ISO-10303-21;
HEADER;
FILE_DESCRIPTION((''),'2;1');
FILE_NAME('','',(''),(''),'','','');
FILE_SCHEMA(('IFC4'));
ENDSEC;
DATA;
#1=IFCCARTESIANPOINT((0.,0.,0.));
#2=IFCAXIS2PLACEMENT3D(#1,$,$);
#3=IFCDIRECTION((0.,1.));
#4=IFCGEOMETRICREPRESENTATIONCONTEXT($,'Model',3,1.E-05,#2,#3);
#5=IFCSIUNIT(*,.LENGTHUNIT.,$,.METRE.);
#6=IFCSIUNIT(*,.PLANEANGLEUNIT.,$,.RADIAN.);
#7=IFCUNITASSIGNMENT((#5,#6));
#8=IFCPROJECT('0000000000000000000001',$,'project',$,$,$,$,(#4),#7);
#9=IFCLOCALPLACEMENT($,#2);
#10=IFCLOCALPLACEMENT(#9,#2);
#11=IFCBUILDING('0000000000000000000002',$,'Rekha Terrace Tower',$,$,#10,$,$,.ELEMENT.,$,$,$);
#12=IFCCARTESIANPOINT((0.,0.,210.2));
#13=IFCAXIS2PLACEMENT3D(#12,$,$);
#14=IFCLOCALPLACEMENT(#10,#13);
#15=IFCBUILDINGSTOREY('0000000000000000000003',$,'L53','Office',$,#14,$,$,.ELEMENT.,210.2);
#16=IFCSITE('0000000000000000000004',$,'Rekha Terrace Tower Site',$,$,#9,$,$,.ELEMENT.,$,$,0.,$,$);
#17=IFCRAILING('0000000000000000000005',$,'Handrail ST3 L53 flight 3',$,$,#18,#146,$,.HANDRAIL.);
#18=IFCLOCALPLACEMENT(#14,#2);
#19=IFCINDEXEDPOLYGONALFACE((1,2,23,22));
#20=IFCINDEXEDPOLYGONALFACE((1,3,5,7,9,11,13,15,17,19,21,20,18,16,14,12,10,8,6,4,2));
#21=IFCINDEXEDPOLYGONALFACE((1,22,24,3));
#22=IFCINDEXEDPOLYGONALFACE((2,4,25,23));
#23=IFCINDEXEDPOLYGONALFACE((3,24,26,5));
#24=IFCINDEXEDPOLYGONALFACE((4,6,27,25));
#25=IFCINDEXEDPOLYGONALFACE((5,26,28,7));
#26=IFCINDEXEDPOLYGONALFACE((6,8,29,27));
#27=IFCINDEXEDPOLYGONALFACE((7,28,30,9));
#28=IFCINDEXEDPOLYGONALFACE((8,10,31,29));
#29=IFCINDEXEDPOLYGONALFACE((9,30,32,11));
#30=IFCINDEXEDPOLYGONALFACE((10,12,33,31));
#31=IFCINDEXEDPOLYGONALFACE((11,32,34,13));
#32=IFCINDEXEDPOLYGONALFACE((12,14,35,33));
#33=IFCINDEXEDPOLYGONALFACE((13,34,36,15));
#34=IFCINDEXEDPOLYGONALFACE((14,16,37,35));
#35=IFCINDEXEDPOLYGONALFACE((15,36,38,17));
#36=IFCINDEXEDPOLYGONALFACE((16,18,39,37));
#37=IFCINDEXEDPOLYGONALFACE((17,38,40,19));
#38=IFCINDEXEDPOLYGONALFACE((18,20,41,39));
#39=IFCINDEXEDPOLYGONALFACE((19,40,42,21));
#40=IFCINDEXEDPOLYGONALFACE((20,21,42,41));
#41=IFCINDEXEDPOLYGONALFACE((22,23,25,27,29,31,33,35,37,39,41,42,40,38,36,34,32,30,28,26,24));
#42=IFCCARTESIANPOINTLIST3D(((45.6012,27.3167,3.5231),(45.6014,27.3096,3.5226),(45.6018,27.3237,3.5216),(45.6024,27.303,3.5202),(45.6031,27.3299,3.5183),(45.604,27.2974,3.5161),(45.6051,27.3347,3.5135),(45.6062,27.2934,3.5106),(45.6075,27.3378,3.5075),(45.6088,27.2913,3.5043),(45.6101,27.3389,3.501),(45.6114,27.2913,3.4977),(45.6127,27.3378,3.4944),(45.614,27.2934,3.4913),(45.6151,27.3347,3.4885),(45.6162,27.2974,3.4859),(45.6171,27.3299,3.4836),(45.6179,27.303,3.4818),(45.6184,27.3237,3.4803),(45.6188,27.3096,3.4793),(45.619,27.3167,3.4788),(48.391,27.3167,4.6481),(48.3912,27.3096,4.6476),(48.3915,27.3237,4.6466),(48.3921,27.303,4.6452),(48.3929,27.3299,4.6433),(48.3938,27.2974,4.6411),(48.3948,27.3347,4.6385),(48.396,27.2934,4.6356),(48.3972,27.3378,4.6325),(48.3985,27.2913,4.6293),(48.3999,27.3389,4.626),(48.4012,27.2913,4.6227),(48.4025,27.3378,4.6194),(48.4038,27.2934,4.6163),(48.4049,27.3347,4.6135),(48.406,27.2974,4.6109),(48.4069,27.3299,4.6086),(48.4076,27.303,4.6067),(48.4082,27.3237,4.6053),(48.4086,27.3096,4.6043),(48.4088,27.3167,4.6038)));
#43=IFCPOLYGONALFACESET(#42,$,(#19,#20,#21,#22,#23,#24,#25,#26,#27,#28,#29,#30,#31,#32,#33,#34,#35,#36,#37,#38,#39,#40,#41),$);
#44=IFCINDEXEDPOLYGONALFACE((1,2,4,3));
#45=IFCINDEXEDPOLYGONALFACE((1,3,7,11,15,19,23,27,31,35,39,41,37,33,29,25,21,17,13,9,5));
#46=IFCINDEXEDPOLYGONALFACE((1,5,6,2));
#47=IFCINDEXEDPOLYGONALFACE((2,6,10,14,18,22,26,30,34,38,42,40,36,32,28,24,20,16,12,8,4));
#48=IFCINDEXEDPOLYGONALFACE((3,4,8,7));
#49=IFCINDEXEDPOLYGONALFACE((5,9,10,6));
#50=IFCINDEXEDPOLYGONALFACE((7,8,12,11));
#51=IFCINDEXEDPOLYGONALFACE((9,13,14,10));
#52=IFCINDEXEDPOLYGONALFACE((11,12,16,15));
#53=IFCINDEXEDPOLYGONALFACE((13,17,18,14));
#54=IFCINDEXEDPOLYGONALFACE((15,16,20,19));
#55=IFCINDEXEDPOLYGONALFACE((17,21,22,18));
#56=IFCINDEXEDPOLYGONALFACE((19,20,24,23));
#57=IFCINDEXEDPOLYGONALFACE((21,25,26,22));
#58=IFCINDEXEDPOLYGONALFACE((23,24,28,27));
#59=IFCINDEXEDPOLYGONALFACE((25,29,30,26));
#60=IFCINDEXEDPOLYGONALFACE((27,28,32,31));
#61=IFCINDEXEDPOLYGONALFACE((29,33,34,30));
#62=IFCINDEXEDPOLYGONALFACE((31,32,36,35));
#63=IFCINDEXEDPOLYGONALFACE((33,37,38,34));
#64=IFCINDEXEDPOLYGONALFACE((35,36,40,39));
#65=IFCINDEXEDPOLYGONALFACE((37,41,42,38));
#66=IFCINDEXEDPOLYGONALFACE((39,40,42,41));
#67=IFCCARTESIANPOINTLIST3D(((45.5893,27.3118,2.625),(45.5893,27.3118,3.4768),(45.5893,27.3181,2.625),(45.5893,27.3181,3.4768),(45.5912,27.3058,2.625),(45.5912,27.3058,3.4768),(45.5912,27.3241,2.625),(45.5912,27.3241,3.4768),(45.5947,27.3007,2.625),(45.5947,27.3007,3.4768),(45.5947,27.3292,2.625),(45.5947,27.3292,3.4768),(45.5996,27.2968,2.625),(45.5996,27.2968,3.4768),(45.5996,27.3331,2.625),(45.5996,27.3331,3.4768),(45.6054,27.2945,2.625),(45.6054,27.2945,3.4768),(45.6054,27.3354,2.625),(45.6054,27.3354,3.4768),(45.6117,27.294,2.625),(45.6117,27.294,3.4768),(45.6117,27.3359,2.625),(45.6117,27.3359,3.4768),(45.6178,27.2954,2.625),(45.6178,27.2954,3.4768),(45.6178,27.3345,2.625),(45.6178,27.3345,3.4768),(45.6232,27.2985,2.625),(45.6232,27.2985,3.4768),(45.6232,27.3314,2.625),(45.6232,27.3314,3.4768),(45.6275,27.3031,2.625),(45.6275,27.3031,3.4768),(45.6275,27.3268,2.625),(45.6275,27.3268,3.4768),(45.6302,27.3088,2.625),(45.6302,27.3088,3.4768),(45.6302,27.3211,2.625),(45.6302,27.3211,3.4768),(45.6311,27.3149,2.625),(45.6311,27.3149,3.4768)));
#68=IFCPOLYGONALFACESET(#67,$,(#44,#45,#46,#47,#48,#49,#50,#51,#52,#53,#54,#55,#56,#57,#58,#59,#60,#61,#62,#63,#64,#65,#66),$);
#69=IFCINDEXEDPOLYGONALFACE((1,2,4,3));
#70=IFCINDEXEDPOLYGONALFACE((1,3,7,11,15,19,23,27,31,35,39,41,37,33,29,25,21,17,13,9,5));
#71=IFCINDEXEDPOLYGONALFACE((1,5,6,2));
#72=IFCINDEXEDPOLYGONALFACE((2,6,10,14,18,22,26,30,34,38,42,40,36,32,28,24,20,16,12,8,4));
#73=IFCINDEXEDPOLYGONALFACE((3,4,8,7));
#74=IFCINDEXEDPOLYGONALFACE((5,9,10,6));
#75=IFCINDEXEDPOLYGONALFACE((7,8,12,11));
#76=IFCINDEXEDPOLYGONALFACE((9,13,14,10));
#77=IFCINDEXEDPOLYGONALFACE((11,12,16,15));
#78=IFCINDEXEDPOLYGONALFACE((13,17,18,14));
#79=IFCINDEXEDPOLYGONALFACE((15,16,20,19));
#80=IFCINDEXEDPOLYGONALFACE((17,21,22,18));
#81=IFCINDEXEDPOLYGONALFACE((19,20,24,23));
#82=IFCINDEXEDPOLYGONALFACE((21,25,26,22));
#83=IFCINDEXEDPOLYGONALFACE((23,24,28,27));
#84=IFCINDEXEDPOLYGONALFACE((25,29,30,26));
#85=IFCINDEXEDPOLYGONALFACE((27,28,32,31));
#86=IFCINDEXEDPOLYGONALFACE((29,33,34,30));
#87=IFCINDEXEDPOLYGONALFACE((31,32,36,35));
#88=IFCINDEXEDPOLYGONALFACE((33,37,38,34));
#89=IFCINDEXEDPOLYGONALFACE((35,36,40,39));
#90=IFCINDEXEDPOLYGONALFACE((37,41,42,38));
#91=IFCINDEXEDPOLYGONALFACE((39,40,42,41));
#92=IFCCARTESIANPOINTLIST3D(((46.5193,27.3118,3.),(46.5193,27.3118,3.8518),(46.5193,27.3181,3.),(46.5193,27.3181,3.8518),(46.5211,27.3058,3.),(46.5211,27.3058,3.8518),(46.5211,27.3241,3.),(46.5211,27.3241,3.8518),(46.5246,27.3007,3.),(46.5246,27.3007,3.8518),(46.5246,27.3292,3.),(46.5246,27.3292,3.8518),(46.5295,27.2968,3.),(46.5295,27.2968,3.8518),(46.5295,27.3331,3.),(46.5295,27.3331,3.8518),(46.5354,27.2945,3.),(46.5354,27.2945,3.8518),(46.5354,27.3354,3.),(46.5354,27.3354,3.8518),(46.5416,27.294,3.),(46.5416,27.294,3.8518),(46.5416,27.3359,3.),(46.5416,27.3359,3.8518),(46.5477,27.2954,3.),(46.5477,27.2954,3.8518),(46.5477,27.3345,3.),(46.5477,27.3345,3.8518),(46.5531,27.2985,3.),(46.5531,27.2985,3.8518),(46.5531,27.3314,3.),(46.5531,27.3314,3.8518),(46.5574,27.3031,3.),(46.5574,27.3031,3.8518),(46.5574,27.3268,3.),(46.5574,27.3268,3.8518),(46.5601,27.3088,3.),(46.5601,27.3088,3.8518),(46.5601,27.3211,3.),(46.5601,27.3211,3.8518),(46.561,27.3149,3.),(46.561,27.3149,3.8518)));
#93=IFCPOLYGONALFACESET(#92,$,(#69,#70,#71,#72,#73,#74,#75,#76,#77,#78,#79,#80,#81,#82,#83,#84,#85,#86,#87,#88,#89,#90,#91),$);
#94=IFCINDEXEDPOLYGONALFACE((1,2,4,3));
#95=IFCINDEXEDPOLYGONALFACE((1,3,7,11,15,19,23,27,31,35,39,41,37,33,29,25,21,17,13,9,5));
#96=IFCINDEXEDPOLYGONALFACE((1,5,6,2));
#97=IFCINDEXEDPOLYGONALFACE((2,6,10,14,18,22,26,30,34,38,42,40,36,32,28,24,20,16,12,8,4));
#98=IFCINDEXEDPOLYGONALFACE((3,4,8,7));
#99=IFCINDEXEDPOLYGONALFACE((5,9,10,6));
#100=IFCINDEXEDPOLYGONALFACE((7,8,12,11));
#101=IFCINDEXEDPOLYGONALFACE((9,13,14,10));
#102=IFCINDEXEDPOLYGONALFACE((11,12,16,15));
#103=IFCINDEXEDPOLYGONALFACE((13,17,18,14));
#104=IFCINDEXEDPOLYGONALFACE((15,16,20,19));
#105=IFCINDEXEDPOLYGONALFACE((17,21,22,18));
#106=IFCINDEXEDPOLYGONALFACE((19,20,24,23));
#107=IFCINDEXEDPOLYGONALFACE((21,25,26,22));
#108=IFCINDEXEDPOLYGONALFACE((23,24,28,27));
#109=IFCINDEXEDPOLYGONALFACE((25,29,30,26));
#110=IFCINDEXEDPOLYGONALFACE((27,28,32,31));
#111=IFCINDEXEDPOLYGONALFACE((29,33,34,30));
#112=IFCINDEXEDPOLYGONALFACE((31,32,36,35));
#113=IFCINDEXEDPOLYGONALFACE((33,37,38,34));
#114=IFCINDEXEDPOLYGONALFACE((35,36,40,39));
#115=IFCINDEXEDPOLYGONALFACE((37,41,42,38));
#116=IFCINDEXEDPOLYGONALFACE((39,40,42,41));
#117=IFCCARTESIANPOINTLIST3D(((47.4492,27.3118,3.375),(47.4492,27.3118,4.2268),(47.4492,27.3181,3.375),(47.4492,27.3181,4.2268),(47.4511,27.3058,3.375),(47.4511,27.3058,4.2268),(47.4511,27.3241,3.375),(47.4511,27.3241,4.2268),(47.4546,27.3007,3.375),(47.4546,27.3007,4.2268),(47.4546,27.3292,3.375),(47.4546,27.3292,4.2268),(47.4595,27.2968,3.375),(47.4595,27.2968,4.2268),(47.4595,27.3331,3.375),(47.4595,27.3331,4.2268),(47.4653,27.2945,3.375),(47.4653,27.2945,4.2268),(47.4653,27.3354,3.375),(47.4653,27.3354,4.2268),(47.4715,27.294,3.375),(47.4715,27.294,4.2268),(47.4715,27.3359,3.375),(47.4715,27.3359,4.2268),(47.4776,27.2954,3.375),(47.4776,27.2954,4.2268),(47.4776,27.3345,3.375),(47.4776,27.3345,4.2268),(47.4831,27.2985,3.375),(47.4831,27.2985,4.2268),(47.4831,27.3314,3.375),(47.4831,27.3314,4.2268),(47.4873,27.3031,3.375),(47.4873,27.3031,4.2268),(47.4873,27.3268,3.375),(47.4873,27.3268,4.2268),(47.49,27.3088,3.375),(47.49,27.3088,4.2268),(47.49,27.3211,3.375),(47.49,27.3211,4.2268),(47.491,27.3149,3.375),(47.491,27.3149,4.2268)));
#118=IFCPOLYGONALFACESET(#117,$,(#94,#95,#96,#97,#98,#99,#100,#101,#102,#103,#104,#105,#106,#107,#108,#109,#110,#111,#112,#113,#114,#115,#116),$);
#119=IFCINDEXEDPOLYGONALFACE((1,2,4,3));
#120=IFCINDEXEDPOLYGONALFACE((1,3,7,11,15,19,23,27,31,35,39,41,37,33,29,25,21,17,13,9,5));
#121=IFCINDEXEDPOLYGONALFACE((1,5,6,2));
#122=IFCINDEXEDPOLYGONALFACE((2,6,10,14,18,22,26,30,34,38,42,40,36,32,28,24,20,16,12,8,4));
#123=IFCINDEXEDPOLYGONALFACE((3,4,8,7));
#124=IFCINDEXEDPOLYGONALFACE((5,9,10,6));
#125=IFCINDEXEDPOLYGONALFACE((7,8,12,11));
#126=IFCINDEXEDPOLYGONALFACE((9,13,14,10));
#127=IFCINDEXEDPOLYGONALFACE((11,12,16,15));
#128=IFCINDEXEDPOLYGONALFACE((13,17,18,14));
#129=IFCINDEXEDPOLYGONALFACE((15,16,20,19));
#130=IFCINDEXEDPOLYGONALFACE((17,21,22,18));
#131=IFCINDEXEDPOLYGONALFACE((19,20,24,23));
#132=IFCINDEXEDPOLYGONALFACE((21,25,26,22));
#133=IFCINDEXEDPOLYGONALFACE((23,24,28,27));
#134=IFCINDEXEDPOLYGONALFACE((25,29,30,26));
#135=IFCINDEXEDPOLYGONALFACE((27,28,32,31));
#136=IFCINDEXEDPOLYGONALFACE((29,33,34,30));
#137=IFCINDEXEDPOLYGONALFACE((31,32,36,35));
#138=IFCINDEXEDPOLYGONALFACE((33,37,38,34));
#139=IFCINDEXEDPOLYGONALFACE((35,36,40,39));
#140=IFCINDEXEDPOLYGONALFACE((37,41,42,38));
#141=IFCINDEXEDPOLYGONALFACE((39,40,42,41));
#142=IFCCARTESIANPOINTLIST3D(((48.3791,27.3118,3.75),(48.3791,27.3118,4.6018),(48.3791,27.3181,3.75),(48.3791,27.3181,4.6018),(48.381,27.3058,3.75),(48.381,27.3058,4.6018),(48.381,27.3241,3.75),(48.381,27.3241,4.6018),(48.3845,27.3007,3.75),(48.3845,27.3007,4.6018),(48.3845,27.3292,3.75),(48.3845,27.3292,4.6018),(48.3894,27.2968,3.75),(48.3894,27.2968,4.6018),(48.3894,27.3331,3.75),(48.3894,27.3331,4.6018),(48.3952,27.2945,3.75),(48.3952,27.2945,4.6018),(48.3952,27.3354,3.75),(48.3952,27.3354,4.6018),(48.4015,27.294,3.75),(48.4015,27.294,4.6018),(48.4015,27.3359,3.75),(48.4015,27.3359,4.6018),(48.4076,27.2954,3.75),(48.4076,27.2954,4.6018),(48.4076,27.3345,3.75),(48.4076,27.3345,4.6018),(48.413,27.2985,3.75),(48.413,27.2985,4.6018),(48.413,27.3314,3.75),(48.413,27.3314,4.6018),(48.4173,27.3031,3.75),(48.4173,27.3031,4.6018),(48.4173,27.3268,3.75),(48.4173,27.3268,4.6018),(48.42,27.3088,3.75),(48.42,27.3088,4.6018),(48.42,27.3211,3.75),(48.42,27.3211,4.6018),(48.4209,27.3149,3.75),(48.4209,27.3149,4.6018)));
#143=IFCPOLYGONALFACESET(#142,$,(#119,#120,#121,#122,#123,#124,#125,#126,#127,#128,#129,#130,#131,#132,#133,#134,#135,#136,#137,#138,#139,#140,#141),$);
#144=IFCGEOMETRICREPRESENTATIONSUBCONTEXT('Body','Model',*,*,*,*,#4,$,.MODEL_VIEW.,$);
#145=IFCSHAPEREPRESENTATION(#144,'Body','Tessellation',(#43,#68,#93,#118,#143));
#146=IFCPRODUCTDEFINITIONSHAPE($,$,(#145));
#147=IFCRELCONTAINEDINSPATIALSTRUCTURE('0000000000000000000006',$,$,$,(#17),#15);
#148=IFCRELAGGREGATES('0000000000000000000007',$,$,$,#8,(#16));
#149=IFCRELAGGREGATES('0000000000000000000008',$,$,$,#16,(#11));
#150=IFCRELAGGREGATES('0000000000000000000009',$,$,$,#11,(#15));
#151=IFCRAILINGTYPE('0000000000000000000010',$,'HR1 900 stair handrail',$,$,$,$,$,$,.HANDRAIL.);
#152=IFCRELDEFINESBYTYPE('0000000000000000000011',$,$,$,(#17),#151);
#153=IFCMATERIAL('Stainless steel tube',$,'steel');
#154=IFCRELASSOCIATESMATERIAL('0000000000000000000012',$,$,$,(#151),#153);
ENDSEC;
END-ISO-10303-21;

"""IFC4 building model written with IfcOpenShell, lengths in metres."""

from ifc_helpers import new_model, si_unit, direction, frame, origin, origin_2d, place, context, subcontext, project, spatial, circle, extrude, material, type_object, element, save


model = new_model("IFC4")

# Units and contexts
model_context = context("Model", 3, precision=1e-05, world=origin(), true_north=direction((0.0, 1.0)))
body_context = subcontext(model_context, "Body", "Model", "MODEL_VIEW")
ifc_project = project(units=[si_unit("LENGTHUNIT", "METRE"), si_unit("PLANEANGLEUNIT", "RADIAN")], contexts=[model_context])

# Site, building, storey
site_placement = place(None, origin())
site = spatial("IfcSite", under=ifc_project, at=site_placement, Name="Rekha Terrace Tower Site", CompositionType="ELEMENT", RefElevation=0.0)
building_placement = place(site_placement, origin())
building = spatial("IfcBuilding", under=site, at=building_placement, Name="Rekha Terrace Tower", CompositionType="ELEMENT")
storey_placement = place(building_placement, frame((0.0, 0.0, 210.2)))
storey = spatial("IfcBuildingStorey", under=building, at=storey_placement, Name="L53", Description="Office", CompositionType="ELEMENT", Elevation=210.2)

# Railing
ifc_material_1 = material(Name="Stainless steel tube", Category="steel")
railing_type_1 = type_object("IfcRailingType", Name="HR1 900 stair handrail", PredefinedType="HANDRAIL", material=ifc_material_1)
railing_1_placement = place(storey_placement, frame((45.6101, 27.3149, 2.625)))
element("IfcRailing", 1, at=railing_1_placement, inside=storey, type_object=railing_type_1, Name="Handrail ST3 L53 flight 3", PredefinedType="HANDRAIL", context=body_context, shape_type="SweptSolid", body=[
    extrude(circle(Radius=0.0239, at=origin_2d()), frame((0.0, 0.0, 0.876), z_axis=(0.927432, 0.0, 0.373992), x_axis=(0.0, 1.0, 0.0)), (0.0, 0.0, 1.0), 3.0081),
    extrude(circle(Radius=0.021, at=origin_2d()), origin(), (0.0, 0.0, 1.0), 0.8518),
    extrude(circle(Radius=0.021, at=origin_2d()), frame((0.9299, 0.0, 0.375)), (0.0, 0.0, 1.0), 0.8518),
    extrude(circle(Radius=0.021, at=origin_2d()), frame((1.8599, 0.0, 0.75)), (0.0, 0.0, 1.0), 0.8518),
    extrude(circle(Radius=0.021, at=origin_2d()), frame((2.7898, 0.0, 1.125)), (0.0, 0.0, 1.0), 0.8518),
])

save(model, "model.ifc")
